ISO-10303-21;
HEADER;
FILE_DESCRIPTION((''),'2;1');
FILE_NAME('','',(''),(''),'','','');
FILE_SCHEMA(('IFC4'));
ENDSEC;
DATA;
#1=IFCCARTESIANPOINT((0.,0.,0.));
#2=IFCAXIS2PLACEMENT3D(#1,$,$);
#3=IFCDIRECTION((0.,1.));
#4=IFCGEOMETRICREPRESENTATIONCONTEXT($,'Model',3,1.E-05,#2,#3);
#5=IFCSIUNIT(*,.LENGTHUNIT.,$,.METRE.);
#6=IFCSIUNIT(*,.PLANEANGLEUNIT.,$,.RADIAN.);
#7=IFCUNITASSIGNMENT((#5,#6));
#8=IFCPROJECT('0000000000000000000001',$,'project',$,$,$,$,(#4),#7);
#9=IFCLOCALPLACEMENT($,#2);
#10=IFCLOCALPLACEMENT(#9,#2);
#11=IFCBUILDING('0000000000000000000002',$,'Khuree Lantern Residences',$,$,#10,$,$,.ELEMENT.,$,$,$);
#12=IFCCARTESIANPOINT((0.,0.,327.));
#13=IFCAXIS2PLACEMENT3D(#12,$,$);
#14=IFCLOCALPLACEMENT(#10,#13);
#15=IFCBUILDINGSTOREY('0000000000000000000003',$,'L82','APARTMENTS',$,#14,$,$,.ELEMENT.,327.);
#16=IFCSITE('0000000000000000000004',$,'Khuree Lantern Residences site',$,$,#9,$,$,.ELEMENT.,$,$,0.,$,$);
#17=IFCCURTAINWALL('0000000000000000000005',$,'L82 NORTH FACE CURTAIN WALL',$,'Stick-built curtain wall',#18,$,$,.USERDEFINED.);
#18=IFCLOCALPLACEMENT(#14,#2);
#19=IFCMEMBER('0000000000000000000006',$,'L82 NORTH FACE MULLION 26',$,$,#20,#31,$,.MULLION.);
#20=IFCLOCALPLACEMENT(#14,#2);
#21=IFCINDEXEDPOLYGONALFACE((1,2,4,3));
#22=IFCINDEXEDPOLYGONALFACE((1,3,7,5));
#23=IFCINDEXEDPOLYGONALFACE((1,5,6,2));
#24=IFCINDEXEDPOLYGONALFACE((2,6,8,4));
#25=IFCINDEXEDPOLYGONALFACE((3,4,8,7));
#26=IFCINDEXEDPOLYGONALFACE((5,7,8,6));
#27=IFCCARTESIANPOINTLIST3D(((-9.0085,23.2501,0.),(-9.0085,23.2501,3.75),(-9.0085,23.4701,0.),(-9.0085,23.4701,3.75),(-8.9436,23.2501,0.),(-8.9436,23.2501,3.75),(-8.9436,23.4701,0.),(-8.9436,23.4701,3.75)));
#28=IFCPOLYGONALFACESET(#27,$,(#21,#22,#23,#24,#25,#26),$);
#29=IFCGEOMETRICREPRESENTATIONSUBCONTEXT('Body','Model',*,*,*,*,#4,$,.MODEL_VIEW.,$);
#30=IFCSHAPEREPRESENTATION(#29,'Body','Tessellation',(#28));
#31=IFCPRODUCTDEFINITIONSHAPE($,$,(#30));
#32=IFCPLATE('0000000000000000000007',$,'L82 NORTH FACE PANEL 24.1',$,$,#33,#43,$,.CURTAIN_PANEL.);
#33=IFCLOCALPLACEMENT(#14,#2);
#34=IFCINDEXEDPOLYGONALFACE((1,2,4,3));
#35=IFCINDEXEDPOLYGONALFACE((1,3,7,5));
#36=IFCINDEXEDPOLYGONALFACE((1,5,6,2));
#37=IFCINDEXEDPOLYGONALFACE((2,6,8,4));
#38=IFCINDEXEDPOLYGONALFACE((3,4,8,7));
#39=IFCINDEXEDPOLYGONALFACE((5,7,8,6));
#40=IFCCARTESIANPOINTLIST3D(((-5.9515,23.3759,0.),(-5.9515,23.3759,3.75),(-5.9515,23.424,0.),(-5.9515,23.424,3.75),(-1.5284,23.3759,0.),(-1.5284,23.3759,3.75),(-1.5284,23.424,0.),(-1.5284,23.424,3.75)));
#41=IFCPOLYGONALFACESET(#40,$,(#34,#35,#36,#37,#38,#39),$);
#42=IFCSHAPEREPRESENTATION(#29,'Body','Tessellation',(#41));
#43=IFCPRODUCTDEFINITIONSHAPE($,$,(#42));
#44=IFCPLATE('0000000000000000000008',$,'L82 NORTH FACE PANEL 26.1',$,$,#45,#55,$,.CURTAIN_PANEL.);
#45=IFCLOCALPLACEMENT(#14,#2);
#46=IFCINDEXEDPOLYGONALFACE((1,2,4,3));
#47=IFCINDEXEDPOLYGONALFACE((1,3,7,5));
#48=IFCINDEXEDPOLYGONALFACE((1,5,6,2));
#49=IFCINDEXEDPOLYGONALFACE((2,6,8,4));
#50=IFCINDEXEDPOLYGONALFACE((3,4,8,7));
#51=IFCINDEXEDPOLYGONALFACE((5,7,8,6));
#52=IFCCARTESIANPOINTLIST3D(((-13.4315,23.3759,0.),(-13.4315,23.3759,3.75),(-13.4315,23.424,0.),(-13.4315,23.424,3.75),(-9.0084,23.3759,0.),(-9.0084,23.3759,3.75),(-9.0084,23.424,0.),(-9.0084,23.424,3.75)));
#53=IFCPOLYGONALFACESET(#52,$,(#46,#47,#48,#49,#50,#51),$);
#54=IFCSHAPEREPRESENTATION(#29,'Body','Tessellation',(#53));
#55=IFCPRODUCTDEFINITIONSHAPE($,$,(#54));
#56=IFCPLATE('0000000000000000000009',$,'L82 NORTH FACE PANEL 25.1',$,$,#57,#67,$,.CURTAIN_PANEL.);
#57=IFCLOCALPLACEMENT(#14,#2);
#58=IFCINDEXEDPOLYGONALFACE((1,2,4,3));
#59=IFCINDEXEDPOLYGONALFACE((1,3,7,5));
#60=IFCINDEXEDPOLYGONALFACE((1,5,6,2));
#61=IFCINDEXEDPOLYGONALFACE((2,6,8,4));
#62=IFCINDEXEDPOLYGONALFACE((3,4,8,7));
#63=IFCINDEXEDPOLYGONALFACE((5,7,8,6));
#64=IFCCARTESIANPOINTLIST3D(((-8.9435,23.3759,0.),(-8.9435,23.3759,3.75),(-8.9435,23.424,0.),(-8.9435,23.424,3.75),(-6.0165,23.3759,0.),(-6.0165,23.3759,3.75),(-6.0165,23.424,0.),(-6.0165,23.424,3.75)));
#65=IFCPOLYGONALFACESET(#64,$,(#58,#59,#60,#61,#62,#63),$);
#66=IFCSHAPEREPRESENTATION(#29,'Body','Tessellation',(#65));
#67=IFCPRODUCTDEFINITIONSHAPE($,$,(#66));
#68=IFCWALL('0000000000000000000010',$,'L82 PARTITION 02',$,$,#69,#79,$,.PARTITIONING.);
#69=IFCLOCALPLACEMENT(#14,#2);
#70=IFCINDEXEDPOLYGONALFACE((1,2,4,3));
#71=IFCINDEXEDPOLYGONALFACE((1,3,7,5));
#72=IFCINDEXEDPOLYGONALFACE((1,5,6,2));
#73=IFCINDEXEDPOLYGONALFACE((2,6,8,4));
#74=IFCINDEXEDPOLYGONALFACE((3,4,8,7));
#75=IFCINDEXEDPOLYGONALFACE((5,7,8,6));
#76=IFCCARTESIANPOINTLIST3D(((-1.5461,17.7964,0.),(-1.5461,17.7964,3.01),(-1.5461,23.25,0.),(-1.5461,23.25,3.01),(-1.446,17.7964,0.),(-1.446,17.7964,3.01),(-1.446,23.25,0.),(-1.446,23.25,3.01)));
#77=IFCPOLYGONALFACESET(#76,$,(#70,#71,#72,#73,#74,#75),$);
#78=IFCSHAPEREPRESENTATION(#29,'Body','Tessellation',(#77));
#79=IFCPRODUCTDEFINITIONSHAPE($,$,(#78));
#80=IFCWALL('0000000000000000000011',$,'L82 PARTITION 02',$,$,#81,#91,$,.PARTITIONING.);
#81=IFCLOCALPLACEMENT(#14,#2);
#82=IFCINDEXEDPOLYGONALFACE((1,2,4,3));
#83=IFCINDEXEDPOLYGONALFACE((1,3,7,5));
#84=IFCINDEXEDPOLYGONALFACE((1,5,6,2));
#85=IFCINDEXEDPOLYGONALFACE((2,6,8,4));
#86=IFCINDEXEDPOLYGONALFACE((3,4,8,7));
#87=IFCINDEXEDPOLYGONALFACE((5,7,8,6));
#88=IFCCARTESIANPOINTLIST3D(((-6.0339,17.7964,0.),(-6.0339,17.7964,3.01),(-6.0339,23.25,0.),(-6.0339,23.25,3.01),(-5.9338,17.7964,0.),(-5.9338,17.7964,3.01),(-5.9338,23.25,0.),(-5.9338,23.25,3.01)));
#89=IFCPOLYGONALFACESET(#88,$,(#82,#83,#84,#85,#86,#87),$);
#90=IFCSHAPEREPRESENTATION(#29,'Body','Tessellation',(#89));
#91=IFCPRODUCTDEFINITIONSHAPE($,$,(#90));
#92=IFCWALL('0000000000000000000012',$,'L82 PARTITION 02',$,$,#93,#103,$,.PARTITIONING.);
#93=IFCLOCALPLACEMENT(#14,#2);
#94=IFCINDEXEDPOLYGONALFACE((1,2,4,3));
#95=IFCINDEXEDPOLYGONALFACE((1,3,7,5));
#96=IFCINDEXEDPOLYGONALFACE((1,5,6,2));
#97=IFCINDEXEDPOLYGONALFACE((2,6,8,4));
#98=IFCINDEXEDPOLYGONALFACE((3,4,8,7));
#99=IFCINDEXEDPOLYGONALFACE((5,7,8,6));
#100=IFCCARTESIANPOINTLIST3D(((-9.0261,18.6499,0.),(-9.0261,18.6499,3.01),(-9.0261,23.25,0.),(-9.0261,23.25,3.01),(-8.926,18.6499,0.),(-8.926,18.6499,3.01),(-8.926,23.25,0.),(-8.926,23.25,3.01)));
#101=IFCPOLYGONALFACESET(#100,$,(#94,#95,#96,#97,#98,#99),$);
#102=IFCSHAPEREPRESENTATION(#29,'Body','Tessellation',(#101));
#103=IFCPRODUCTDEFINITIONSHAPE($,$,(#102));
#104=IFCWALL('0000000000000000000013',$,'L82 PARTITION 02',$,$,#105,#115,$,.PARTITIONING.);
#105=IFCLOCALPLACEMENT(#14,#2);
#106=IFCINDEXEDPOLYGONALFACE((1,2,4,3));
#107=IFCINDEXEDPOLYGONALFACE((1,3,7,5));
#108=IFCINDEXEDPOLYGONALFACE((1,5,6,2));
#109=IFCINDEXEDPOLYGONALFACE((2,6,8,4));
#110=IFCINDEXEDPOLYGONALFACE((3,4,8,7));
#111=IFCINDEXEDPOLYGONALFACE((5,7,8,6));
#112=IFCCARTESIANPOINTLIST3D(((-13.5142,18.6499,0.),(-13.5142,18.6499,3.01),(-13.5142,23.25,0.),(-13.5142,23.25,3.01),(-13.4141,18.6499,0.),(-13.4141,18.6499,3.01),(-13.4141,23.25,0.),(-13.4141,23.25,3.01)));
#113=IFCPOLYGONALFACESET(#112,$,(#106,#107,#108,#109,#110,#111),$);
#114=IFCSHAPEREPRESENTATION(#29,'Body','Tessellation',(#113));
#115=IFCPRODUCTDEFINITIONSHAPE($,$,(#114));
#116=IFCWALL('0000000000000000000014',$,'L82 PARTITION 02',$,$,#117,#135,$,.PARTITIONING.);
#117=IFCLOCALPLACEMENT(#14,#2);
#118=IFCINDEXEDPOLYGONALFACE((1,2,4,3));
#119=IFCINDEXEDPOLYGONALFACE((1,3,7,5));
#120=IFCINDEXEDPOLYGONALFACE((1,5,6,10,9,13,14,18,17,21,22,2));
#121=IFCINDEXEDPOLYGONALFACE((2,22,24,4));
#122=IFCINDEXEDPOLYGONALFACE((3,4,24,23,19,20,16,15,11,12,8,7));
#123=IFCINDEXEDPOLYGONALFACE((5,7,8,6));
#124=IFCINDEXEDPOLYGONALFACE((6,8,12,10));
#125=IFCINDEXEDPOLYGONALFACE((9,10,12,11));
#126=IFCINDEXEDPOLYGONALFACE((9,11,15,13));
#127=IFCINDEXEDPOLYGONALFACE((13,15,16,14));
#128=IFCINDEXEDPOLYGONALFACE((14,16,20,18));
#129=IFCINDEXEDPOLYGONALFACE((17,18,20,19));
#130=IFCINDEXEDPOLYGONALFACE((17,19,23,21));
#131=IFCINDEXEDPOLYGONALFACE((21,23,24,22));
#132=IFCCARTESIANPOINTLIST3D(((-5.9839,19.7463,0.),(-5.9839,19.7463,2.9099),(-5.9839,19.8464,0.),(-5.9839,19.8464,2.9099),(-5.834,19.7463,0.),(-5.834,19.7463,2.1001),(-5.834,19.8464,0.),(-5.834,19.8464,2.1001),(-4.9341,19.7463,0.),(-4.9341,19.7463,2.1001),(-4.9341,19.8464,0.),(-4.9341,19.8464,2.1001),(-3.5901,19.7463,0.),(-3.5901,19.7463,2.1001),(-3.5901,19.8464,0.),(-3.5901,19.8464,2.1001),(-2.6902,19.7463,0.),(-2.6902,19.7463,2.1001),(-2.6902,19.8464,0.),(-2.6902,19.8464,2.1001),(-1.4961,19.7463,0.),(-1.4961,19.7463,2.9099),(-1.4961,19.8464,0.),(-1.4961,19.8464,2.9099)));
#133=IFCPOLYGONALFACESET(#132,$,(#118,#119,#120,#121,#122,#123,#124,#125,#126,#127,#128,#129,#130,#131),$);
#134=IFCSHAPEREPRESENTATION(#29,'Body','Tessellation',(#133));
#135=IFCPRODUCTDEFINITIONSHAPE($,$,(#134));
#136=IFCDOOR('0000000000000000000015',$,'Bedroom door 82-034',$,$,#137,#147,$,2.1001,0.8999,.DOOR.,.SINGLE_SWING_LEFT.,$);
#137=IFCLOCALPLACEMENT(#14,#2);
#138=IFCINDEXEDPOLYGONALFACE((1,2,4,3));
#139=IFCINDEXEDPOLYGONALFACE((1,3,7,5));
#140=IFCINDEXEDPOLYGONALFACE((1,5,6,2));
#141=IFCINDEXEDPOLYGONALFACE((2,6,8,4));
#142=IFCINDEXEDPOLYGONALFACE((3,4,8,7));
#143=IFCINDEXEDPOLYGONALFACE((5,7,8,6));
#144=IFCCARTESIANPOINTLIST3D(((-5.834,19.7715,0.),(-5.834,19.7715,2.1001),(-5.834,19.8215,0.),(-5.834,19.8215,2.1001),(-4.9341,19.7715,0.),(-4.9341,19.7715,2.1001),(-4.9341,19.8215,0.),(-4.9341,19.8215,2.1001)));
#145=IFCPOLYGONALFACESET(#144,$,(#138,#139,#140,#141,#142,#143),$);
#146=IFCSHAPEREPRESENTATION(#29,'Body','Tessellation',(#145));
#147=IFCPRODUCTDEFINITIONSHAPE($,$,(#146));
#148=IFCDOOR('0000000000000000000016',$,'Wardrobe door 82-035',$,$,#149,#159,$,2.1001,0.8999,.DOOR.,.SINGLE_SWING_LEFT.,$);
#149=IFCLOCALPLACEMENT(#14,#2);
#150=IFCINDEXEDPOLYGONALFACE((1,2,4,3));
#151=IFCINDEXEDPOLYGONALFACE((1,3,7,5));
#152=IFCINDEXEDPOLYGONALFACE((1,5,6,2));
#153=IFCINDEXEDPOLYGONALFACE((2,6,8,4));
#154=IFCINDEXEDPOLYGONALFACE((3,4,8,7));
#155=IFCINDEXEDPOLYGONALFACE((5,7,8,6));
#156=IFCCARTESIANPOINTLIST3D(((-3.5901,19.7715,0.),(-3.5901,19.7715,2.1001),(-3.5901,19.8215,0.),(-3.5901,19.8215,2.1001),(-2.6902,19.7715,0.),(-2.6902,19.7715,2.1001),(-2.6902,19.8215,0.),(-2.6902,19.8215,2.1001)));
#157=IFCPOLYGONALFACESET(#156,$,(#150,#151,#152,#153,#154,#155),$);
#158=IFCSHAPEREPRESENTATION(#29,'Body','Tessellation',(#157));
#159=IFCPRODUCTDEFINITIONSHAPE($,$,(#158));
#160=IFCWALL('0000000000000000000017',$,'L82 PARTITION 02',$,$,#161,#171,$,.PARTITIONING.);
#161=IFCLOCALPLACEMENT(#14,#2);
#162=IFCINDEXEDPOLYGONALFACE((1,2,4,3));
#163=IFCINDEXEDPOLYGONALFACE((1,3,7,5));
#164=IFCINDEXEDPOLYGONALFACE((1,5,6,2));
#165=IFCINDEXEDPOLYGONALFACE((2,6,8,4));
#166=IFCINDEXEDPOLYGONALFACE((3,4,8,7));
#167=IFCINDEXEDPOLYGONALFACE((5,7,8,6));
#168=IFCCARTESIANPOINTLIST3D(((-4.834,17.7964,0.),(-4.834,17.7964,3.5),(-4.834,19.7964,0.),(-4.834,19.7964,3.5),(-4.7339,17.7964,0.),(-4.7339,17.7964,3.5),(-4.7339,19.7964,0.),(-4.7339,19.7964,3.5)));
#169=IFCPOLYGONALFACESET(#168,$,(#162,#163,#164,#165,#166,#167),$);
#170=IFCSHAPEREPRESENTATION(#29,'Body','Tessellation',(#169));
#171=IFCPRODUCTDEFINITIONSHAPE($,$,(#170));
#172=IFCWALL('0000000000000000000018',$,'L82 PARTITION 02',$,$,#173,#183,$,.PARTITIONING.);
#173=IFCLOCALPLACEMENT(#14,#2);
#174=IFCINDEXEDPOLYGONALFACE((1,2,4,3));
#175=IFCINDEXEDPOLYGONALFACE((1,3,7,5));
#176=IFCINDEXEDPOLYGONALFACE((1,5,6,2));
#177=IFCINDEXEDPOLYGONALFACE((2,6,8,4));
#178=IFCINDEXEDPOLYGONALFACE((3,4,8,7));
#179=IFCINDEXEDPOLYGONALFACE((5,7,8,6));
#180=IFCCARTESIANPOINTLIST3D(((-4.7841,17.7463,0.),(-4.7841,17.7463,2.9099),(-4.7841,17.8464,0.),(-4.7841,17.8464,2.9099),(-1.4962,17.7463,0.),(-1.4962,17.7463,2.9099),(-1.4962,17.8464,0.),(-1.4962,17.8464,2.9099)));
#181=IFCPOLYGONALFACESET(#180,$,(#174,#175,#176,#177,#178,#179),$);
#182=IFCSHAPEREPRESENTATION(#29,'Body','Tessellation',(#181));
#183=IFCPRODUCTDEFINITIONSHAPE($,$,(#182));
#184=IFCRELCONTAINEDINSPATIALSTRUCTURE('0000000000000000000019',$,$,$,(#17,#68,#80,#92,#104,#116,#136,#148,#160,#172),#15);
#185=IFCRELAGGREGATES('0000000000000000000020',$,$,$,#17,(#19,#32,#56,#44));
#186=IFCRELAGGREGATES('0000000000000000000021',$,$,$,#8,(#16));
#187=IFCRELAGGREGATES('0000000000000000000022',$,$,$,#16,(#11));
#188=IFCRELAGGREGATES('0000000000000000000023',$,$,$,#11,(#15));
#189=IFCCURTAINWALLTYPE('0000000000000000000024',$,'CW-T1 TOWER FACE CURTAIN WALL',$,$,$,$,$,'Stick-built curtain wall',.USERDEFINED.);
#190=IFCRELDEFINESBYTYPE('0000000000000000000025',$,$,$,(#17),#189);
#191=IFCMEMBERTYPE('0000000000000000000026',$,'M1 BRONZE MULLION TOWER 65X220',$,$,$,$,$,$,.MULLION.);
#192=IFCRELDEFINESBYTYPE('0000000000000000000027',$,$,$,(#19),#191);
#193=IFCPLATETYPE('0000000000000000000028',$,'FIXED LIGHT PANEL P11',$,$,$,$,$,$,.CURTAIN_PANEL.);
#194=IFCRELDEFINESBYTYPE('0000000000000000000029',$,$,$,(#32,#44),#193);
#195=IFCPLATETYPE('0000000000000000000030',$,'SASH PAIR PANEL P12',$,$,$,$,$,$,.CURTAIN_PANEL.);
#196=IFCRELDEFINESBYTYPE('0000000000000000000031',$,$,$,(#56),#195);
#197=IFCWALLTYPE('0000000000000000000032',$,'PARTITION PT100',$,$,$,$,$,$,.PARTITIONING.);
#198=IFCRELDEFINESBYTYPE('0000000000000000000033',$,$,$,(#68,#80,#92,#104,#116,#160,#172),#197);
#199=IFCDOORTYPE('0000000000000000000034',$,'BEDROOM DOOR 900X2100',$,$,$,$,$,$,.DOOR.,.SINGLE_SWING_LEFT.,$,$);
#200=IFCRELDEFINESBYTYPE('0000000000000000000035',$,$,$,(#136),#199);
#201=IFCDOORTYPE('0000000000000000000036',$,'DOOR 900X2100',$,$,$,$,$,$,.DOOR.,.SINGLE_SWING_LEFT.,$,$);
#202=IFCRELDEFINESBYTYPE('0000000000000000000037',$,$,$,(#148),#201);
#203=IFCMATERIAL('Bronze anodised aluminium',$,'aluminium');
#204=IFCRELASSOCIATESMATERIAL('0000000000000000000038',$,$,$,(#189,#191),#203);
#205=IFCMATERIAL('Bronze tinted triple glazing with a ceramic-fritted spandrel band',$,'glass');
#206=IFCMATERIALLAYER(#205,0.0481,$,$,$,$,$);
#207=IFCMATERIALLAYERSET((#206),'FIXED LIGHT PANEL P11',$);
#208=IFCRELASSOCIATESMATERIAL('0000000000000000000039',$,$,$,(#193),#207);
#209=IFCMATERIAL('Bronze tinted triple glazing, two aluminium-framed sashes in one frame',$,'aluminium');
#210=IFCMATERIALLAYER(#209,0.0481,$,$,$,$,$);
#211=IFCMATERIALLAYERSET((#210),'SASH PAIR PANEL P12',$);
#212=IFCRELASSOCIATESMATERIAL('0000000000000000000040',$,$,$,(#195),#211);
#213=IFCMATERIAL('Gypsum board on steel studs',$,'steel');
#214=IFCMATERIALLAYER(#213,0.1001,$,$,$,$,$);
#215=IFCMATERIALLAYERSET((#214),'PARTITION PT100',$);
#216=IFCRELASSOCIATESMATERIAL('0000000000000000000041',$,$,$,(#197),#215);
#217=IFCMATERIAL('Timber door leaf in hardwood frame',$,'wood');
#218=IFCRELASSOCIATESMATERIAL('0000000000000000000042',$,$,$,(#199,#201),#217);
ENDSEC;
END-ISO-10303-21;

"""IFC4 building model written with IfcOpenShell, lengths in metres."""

from ifc_helpers import new_model, si_unit, direction, frame, frame_2d, origin, origin_2d, place, context, subcontext, project, spatial, rectangle, extrude, material, layer, layer_set, material_profile, profile_set, type_object, element, fill, aggregate, save


model = new_model("IFC4")

# Units and contexts
model_context = context("Model", 3, precision=1e-05, world=origin(), true_north=direction((0.0, 1.0)))
body_context = subcontext(model_context, "Body", "Model", "MODEL_VIEW")
ifc_project = project(units=[si_unit("LENGTHUNIT", "METRE"), si_unit("PLANEANGLEUNIT", "RADIAN")], contexts=[model_context])

# Site, building, storey
site_placement = place(None, origin())
site = spatial("IfcSite", under=ifc_project, at=site_placement, Name="Khuree Lantern Residences site", CompositionType="ELEMENT", RefElevation=0.0)
building_placement = place(site_placement, origin())
building = spatial("IfcBuilding", under=site, at=building_placement, Name="Khuree Lantern Residences", CompositionType="ELEMENT")
storey_placement = place(building_placement, frame((0.0, 0.0, 327.0)))
storey = spatial("IfcBuildingStorey", under=building, at=storey_placement, Name="L82", Description="APARTMENTS", CompositionType="ELEMENT", Elevation=327.0)

# Curtain wall
ifc_material_1 = material(Name="Bronze anodised aluminium", Category="aluminium")
curtain_wall_type = type_object("IfcCurtainWallType", Name="CW-T1 TOWER FACE CURTAIN WALL", ElementType="Stick-built curtain wall", PredefinedType="USERDEFINED", material=ifc_material_1)
curtain_wall_placement = place(storey_placement, origin())
curtain_wall = element("IfcCurtainWall", 1, at=curtain_wall_placement, inside=storey, type_object=curtain_wall_type, Name="L82 NORTH FACE CURTAIN WALL", ObjectType="Stick-built curtain wall", PredefinedType="USERDEFINED")

# Member
ifc_material_profile_1 = material_profile(ifc_material_1, rectangle(XDim=0.0649, YDim=0.22, at=origin_2d()), Name="M1 65X220")
ifc_profile_set_1 = profile_set([ifc_material_profile_1], Name="Bronze anodised aluminium")
member_type_1 = type_object("IfcMemberType", Name="M1 BRONZE MULLION TOWER 65X220", PredefinedType="MULLION", material=ifc_profile_set_1)
member_1_placement = place(storey_placement, frame((-8.9761, 23.3601, 0.0), z_axis=(0.0, 0.0, 1.0), x_axis=(-1.0, 0.0, 0.0)))
member_1 = element("IfcMember", 2, at=member_1_placement, type_object=member_type_1, Name="L82 NORTH FACE MULLION 26", PredefinedType="MULLION", context=body_context, shape_type="SweptSolid", body=[
    extrude(rectangle(XDim=0.0649, YDim=0.22, at=origin_2d()), origin(), (0.0, 0.0, 1.0), 3.75),
])

# Plates
ifc_material_2 = material(Name="Bronze tinted triple glazing with a ceramic-fritted spandrel band", Category="glass")
ifc_layer_1 = layer(ifc_material_2, 0.0481)
ifc_layer_set_1 = layer_set([ifc_layer_1], Name="FIXED LIGHT PANEL P11")
plate_type_1 = type_object("IfcPlateType", Name="FIXED LIGHT PANEL P11", PredefinedType="CURTAIN_PANEL", material=ifc_layer_set_1)
plate_1_placement = place(storey_placement, frame((-3.74, 23.3999, 0.0), z_axis=(0.0, 0.0, 1.0), x_axis=(-1.0, 0.0, 0.0)))
plate_1 = element("IfcPlate", 3, at=plate_1_placement, type_object=plate_type_1, Name="L82 NORTH FACE PANEL 24.1", PredefinedType="CURTAIN_PANEL", context=body_context, shape_type="SweptSolid", body=[
    extrude(rectangle(XDim=4.4231, YDim=0.0481, at=origin_2d()), origin(), (0.0, 0.0, 1.0), 3.75),
])
plate_2_placement = place(storey_placement, frame((-11.22, 23.3999, 0.0), z_axis=(0.0, 0.0, 1.0), x_axis=(-1.0, 0.0, 0.0)))
plate_2 = element("IfcPlate", 4, at=plate_2_placement, type_object=plate_type_1, Name="L82 NORTH FACE PANEL 26.1", PredefinedType="CURTAIN_PANEL", context=body_context, shape_type="SweptSolid", body=[
    extrude(rectangle(XDim=4.4231, YDim=0.0481, at=origin_2d()), origin(), (0.0, 0.0, 1.0), 3.75),
])
ifc_material_3 = material(Name="Bronze tinted triple glazing, two aluminium-framed sashes in one frame", Category="aluminium")
ifc_layer_2 = layer(ifc_material_3, 0.0481)
ifc_layer_set_2 = layer_set([ifc_layer_2], Name="SASH PAIR PANEL P12")
plate_type_2 = type_object("IfcPlateType", Name="SASH PAIR PANEL P12", PredefinedType="CURTAIN_PANEL", material=ifc_layer_set_2)
plate_3_placement = place(storey_placement, frame((-7.48, 23.3999, 0.0), z_axis=(0.0, 0.0, 1.0), x_axis=(-1.0, 0.0, 0.0)))
plate_3 = element("IfcPlate", 5, at=plate_3_placement, type_object=plate_type_2, Name="L82 NORTH FACE PANEL 25.1", PredefinedType="CURTAIN_PANEL", context=body_context, shape_type="SweptSolid", body=[
    extrude(rectangle(XDim=2.927, YDim=0.0481, at=origin_2d()), origin(), (0.0, 0.0, 1.0), 3.75),
])
aggregate(curtain_wall, [member_1, plate_1, plate_3, plate_2])

# Walls
ifc_material_4 = material(Name="Gypsum board on steel studs", Category="steel")
ifc_layer_3 = layer(ifc_material_4, 0.1001)
ifc_layer_set_3 = layer_set([ifc_layer_3], Name="PARTITION PT100")
wall_type = type_object("IfcWallType", Name="PARTITION PT100", PredefinedType="PARTITIONING", material=ifc_layer_set_3)
for number, where, z_axis, x_axis, name in (
    (6, (-1.4961, 17.7964, 0.0), (0.0, 0.0, 1.0), (0.0, 1.0, 0.0), "L82 PARTITION 02"),
    (7, (-5.9839, 17.7964, 0.0), (0.0, 0.0, 1.0), (0.0, 1.0, 0.0), "L82 PARTITION 02"),
):
    element("IfcWall", number, at=place(storey_placement, frame(where, z_axis=z_axis, x_axis=x_axis)), inside=storey, type_object=wall_type, Name=name, PredefinedType="PARTITIONING", context=body_context, shape_type="SweptSolid", body=[
        extrude(rectangle(XDim=5.4536, YDim=0.1001, at=frame_2d((2.7268, 0.0))), origin(), (0.0, 0.0, 1.0), 3.01),
    ])
for number, where, z_axis, x_axis, name in (
    (8, (-8.9761, 18.6499, 0.0), (0.0, 0.0, 1.0), (0.0, 1.0, 0.0), "L82 PARTITION 02"),
    (9, (-13.4641, 18.6499, 0.0), (0.0, 0.0, 1.0), (0.0, 1.0, 0.0), "L82 PARTITION 02"),
):
    element("IfcWall", number, at=place(storey_placement, frame(where, z_axis=z_axis, x_axis=x_axis)), inside=storey, type_object=wall_type, Name=name, PredefinedType="PARTITIONING", context=body_context, shape_type="SweptSolid", body=[
        extrude(rectangle(XDim=4.6001, YDim=0.1001, at=frame_2d((2.3, 0.0))), origin(), (0.0, 0.0, 1.0), 3.01),
    ])

# Wall, openings, doors
wall_1_placement = place(storey_placement, frame((-1.4961, 19.7964, 0.0), z_axis=(0.0, 0.0, 1.0), x_axis=(-1.0, 0.0, 0.0)))
wall_1 = element("IfcWall", 10, at=wall_1_placement, inside=storey, type_object=wall_type, Name="L82 PARTITION 02", PredefinedType="PARTITIONING", context=body_context, shape_type="SweptSolid", body=[
    extrude(rectangle(XDim=4.4878, YDim=0.1001, at=frame_2d((2.2439, 0.0))), origin(), (0.0, 0.0, 1.0), 2.9099),
])
opening_1_placement = place(wall_1_placement, frame((3.438, 0.0, 0.0)))
opening_1 = element("IfcOpeningElement", 11, at=opening_1_placement, cuts=wall_1, PredefinedType="OPENING", context=body_context, shape_type="SweptSolid", body=[
    extrude(rectangle(XDim=0.8999, YDim=2.1001, at=frame_2d((0.45, 1.05))), frame((0.0, 0.0601, 0.0), z_axis=(0.0, -1.0, 0.0), x_axis=(1.0, 0.0, 0.0)), (0.0, 0.0, 1.0), 0.1201),
])
opening_2_placement = place(wall_1_placement, frame((1.1941, 0.0, 0.0)))
opening_2 = element("IfcOpeningElement", 12, at=opening_2_placement, cuts=wall_1, PredefinedType="OPENING", context=body_context, shape_type="SweptSolid", body=[
    extrude(rectangle(XDim=0.8999, YDim=2.1001, at=frame_2d((0.45, 1.05))), frame((0.0, 0.0601, 0.0), z_axis=(0.0, -1.0, 0.0), x_axis=(1.0, 0.0, 0.0)), (0.0, 0.0, 1.0), 0.1201),
])
ifc_material_5 = material(Name="Timber door leaf in hardwood frame", Category="wood")
door_type_1 = type_object("IfcDoorType", Name="BEDROOM DOOR 900X2100", OperationType="SINGLE_SWING_LEFT", PredefinedType="DOOR", material=ifc_material_5)
door_1_placement = place(opening_1_placement, origin())
door_1 = element("IfcDoor", 13, at=door_1_placement, inside=storey, type_object=door_type_1, Name="Bedroom door 82-034", OperationType="SINGLE_SWING_LEFT", OverallHeight=2.1001, OverallWidth=0.8999, PredefinedType="DOOR", context=body_context, shape_type="SweptSolid", body=[
    extrude(rectangle(XDim=0.8999, YDim=2.1001, at=frame_2d((0.45, 1.05))), frame((0.0, 0.0249, 0.0), z_axis=(0.0, -1.0, 0.0), x_axis=(1.0, 0.0, 0.0)), (0.0, 0.0, 1.0), 0.05),
])
fill(opening_1, door_1)
door_type_2 = type_object("IfcDoorType", Name="DOOR 900X2100", OperationType="SINGLE_SWING_LEFT", PredefinedType="DOOR", material=ifc_material_5)
door_2_placement = place(opening_2_placement, origin())
door_2 = element("IfcDoor", 14, at=door_2_placement, inside=storey, type_object=door_type_2, Name="Wardrobe door 82-035", OperationType="SINGLE_SWING_LEFT", OverallHeight=2.1001, OverallWidth=0.8999, PredefinedType="DOOR", context=body_context, shape_type="SweptSolid", body=[
    extrude(rectangle(XDim=0.8999, YDim=2.1001, at=frame_2d((0.45, 1.05))), frame((0.0, 0.0249, 0.0), z_axis=(0.0, -1.0, 0.0), x_axis=(1.0, 0.0, 0.0)), (0.0, 0.0, 1.0), 0.05),
])
fill(opening_2, door_2)

# Walls
wall_2_placement = place(storey_placement, frame((-4.7839, 17.7964, 0.0), z_axis=(0.0, 0.0, 1.0), x_axis=(0.0, 1.0, 0.0)))
element("IfcWall", 15, at=wall_2_placement, inside=storey, type_object=wall_type, Name="L82 PARTITION 02", PredefinedType="PARTITIONING", context=body_context, shape_type="SweptSolid", body=[
    extrude(rectangle(XDim=2.0, YDim=0.1001, at=frame_2d((1.0, 0.0))), origin(), (0.0, 0.0, 1.0), 3.5),
])
wall_3_placement = place(storey_placement, frame((-1.4961, 17.7964, 0.0), z_axis=(0.0, 0.0, 1.0), x_axis=(-1.0, 0.0, 0.0)))
element("IfcWall", 16, at=wall_3_placement, inside=storey, type_object=wall_type, Name="L82 PARTITION 02", PredefinedType="PARTITIONING", context=body_context, shape_type="SweptSolid", body=[
    extrude(rectangle(XDim=3.2878, YDim=0.1001, at=frame_2d((1.644, 0.0))), origin(), (0.0, 0.0, 1.0), 2.9099),
])

save(model, "model.ifc")
